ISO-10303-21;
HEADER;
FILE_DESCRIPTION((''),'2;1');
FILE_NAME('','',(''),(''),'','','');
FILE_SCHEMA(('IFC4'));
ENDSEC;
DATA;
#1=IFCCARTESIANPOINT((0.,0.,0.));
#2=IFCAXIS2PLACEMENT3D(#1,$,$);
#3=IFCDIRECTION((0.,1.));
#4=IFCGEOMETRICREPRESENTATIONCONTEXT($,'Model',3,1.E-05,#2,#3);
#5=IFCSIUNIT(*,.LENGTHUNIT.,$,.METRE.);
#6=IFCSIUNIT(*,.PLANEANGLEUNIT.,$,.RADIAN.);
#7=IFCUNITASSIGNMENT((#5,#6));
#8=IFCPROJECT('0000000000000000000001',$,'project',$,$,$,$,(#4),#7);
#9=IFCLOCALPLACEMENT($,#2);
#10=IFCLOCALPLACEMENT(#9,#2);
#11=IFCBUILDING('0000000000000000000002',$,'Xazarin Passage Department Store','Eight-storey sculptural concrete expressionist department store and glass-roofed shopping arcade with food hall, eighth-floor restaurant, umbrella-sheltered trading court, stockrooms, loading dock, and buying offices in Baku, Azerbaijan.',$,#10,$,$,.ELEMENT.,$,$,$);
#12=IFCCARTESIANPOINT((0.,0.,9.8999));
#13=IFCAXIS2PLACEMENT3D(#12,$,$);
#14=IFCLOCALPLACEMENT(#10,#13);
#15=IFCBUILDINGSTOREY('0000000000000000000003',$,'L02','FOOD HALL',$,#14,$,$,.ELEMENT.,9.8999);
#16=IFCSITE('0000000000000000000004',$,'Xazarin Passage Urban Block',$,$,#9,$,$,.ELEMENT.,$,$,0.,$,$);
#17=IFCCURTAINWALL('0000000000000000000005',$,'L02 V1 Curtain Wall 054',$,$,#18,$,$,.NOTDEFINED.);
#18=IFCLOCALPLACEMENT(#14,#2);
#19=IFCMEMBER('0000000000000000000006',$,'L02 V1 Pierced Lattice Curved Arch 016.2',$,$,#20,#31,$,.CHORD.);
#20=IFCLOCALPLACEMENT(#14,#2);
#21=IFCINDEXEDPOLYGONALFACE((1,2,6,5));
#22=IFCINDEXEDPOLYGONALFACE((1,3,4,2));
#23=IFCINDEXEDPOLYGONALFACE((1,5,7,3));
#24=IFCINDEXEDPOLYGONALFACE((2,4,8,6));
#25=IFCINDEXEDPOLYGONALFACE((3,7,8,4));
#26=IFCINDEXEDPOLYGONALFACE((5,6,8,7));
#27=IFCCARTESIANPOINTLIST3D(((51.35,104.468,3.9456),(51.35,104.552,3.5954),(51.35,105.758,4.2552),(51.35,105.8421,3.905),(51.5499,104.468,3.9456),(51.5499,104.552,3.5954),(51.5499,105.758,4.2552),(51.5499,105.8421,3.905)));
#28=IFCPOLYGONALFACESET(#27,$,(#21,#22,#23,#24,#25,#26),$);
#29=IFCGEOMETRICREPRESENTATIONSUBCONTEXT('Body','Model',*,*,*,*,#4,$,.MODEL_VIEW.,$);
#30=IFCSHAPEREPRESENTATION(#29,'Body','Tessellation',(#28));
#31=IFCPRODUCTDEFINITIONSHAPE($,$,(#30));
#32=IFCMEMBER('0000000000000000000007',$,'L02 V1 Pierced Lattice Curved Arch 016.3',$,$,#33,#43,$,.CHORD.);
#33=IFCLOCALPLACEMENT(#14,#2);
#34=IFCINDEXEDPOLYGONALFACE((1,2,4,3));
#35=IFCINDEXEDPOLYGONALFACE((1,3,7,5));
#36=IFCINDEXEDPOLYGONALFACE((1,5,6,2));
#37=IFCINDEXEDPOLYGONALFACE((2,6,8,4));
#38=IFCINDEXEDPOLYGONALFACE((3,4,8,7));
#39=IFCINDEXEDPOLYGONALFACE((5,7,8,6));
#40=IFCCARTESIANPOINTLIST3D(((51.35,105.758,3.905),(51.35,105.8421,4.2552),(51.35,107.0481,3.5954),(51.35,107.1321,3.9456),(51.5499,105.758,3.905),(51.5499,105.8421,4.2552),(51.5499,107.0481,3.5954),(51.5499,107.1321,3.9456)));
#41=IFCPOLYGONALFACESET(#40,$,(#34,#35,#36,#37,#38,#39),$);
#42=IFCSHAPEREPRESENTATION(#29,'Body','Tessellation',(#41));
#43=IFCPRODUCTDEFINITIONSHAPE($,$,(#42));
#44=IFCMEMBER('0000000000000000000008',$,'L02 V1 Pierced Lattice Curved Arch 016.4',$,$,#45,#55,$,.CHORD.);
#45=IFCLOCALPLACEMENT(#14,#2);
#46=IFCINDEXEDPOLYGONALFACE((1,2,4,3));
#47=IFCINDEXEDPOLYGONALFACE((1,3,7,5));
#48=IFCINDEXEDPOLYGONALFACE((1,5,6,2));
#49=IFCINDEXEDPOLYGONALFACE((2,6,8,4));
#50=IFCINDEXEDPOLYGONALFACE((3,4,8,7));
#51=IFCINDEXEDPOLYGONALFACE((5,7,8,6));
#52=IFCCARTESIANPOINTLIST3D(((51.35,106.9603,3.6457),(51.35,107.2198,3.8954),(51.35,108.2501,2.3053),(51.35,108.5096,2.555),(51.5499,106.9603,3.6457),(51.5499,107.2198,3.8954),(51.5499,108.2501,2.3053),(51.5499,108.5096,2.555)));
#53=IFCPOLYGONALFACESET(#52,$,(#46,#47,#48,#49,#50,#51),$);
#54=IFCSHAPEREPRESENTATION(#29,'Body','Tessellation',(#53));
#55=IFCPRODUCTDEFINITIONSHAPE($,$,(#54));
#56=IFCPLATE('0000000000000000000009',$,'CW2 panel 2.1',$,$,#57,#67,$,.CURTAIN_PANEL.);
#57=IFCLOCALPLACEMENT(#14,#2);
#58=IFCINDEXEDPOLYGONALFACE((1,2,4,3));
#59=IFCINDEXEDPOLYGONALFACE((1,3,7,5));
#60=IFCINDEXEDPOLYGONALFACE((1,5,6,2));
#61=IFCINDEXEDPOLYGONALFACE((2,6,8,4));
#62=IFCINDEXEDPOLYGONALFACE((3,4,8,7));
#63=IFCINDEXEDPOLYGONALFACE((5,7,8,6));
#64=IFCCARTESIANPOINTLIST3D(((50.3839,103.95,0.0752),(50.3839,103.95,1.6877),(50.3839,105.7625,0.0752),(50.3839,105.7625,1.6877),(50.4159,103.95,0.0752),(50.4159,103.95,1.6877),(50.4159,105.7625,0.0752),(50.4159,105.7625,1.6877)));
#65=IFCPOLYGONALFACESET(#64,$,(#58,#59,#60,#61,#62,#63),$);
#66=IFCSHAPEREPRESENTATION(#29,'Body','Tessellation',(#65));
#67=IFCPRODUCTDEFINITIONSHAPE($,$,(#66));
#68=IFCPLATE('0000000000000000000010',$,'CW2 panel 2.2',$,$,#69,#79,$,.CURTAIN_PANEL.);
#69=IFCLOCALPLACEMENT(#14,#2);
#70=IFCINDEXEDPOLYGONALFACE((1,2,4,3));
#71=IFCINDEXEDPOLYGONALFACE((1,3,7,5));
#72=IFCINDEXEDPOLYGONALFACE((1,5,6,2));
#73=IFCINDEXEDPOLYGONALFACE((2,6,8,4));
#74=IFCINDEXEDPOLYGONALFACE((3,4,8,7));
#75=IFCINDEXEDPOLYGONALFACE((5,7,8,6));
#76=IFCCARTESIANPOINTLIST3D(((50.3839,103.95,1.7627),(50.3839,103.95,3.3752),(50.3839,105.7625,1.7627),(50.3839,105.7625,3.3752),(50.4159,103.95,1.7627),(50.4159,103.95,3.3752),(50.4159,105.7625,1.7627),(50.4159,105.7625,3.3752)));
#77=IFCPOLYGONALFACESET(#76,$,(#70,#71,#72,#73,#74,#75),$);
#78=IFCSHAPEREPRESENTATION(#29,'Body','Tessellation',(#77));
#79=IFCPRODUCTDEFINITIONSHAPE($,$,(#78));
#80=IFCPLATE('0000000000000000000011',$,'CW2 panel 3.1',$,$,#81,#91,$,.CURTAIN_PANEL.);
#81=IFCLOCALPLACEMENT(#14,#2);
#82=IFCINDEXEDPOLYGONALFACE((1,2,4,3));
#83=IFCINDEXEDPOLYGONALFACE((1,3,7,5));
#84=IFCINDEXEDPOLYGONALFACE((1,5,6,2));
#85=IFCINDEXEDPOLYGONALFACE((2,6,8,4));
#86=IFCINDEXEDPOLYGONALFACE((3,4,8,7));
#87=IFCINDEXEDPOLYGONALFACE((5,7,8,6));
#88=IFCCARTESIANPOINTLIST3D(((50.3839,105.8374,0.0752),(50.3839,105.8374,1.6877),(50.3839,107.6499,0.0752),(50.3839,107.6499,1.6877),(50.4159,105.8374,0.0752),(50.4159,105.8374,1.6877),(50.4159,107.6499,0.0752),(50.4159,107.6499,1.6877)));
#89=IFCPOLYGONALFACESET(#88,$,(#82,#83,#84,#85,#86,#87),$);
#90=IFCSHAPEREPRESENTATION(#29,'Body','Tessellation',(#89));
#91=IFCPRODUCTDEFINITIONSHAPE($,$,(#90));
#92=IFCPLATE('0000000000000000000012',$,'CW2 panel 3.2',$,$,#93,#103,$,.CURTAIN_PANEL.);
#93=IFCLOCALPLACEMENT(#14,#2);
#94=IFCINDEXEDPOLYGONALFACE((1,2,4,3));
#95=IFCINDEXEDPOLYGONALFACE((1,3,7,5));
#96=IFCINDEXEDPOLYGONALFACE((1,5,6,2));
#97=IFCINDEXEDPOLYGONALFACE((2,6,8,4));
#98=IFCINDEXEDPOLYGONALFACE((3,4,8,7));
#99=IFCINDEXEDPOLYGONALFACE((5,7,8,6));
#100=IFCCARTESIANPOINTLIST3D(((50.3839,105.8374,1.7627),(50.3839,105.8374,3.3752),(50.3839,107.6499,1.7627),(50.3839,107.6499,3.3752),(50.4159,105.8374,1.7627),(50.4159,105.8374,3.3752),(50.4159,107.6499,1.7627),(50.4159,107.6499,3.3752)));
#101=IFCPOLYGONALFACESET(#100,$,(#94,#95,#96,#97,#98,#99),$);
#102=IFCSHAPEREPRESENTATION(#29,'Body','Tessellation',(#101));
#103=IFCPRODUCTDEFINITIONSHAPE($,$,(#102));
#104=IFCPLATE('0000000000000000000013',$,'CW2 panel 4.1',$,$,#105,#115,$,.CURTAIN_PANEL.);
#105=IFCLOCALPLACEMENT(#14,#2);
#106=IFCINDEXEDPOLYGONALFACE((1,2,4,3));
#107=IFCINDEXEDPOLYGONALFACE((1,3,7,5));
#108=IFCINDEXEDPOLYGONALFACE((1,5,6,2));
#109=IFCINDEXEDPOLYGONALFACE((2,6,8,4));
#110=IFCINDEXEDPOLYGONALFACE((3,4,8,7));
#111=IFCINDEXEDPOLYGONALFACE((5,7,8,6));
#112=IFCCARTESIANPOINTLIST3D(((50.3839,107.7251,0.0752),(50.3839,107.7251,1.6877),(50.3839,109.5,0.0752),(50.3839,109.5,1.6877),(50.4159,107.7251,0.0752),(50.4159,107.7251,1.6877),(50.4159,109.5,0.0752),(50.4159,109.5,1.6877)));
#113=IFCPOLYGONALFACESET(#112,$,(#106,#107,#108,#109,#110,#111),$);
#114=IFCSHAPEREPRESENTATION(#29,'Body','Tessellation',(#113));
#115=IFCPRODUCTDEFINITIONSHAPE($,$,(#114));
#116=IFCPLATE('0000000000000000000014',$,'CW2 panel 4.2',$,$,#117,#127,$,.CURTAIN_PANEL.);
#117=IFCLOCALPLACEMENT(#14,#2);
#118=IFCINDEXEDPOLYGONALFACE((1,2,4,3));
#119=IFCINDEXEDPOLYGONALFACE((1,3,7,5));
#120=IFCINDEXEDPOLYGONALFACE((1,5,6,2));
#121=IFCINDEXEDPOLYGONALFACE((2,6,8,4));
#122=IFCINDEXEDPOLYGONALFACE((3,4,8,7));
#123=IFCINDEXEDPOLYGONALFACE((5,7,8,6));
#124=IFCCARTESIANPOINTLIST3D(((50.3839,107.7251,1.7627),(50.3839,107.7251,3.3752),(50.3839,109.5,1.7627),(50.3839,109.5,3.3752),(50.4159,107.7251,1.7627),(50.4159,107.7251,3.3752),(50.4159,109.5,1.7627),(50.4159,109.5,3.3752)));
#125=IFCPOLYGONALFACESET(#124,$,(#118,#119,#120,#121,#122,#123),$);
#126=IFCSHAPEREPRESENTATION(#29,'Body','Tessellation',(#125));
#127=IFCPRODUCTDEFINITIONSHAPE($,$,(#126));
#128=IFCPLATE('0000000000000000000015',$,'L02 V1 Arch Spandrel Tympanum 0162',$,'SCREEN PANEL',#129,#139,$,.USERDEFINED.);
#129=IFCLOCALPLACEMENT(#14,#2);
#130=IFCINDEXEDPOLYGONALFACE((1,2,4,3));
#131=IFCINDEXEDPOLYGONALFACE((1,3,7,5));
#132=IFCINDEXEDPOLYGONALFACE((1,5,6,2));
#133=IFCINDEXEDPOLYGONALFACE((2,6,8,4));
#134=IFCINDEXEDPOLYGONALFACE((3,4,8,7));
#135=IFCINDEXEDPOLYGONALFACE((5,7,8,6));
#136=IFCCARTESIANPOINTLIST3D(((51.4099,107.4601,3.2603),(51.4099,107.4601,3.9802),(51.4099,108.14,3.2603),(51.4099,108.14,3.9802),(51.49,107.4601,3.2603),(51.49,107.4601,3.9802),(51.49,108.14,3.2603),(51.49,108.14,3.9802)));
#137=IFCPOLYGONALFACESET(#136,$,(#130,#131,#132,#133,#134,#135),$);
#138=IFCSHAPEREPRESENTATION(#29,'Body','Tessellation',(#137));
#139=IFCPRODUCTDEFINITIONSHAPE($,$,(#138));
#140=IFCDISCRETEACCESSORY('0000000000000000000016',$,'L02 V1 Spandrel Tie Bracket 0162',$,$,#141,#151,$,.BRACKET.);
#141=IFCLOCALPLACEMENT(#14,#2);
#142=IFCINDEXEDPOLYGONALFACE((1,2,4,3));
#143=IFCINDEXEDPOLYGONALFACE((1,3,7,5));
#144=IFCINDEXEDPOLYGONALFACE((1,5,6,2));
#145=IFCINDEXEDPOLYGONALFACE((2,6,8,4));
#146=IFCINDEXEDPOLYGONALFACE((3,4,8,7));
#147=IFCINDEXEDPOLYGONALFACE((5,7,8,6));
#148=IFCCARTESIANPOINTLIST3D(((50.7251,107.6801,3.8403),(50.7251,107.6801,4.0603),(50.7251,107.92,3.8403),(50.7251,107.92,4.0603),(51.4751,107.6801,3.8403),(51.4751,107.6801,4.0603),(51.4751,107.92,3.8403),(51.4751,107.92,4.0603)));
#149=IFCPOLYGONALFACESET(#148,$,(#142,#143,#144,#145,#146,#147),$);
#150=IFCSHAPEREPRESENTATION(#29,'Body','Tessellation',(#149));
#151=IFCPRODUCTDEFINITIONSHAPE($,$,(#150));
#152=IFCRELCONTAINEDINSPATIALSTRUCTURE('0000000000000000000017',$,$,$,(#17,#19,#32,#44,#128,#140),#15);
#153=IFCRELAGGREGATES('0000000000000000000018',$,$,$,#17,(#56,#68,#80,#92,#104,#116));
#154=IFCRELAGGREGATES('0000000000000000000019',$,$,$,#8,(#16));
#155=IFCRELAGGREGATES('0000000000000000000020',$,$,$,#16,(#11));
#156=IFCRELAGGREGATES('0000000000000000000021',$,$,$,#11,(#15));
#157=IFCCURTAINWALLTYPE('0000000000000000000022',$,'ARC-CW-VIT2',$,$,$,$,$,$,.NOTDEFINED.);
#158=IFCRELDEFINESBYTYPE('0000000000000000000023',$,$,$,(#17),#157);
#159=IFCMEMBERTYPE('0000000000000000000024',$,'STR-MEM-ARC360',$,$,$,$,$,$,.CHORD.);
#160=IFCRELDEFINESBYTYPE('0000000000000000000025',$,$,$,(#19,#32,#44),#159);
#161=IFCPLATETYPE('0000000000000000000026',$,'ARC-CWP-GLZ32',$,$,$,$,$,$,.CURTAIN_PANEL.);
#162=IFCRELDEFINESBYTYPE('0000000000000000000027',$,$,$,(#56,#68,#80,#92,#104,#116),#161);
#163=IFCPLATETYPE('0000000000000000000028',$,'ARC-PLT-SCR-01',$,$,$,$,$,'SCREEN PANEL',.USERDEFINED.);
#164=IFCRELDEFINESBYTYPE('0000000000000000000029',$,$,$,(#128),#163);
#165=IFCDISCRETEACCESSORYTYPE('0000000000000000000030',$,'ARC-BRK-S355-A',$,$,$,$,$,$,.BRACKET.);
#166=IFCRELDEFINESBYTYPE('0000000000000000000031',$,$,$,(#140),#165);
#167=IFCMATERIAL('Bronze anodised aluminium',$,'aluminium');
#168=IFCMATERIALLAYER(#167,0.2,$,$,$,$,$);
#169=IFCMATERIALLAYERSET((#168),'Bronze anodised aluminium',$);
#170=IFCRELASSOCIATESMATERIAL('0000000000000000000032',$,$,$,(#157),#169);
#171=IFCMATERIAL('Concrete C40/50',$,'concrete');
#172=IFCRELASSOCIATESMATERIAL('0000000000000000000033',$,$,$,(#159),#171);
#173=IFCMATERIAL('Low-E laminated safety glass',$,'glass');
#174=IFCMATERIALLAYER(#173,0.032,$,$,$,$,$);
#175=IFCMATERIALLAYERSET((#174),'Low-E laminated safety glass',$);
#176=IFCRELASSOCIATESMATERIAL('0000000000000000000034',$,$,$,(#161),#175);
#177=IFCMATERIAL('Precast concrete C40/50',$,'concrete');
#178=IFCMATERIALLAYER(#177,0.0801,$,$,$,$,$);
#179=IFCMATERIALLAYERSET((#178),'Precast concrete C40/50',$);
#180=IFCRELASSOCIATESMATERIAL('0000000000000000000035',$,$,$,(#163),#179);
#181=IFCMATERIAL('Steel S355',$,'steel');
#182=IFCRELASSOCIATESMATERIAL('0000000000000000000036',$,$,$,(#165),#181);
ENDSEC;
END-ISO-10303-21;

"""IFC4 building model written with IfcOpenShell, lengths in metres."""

from ifc_helpers import new_model, si_unit, direction, frame, origin, origin_2d, place, context, subcontext, project, spatial, rectangle, extrude, material, layer, layer_set, material_profile, profile_set, type_object, element, aggregate, save


model = new_model("IFC4")

# Units and contexts
model_context = context("Model", 3, precision=1e-05, world=origin(), true_north=direction((0.0, 1.0)))
body_context = subcontext(model_context, "Body", "Model", "MODEL_VIEW")
ifc_project = project(units=[si_unit("LENGTHUNIT", "METRE"), si_unit("PLANEANGLEUNIT", "RADIAN")], contexts=[model_context])

# Site, building, storey
site_placement = place(None, origin())
site = spatial("IfcSite", under=ifc_project, at=site_placement, Name="Xazarin Passage Urban Block", CompositionType="ELEMENT", RefElevation=0.0)
building_placement = place(site_placement, origin())
building = spatial("IfcBuilding", under=site, at=building_placement, Name="Xazarin Passage Department Store", Description="Eight-storey sculptural concrete expressionist department store and glass-roofed shopping arcade with food hall, eighth-floor restaurant, umbrella-sheltered trading court, stockrooms, loading dock, and buying offices in Baku, Azerbaijan.", CompositionType="ELEMENT")
storey_placement = place(building_placement, frame((0.0, 0.0, 9.8999)))
storey = spatial("IfcBuildingStorey", under=building, at=storey_placement, Name="L02", Description="FOOD HALL", CompositionType="ELEMENT", Elevation=9.8999)

# Shared definitions
ifc_material_1 = material(Name="Concrete C40/50", Category="concrete")

# Curtain wall
ifc_material_2 = material(Name="Bronze anodised aluminium", Category="aluminium")
ifc_layer_1 = layer(ifc_material_2, 0.2)
ifc_layer_set_1 = layer_set([ifc_layer_1], Name="Bronze anodised aluminium")
curtain_wall_type = type_object("IfcCurtainWallType", Name="ARC-CW-VIT2", PredefinedType="NOTDEFINED", material=ifc_layer_set_1)
curtain_wall_placement = place(storey_placement, origin())
curtain_wall = element("IfcCurtainWall", 1, at=curtain_wall_placement, inside=storey, type_object=curtain_wall_type, Name="L02 V1 Curtain Wall 054", PredefinedType="NOTDEFINED")

# Members
ifc_material_profile_1 = material_profile(ifc_material_1, rectangle(XDim=0.2, YDim=0.3601, at=origin_2d()), Name="RC 200x360")
ifc_profile_set_1 = profile_set([ifc_material_profile_1], Name="Concrete C40/50")
member_type_1 = type_object("IfcMemberType", Name="STR-MEM-ARC360", PredefinedType="CHORD", material=ifc_profile_set_1)
for number, where, z_axis, x_axis, name in (
    (2, (51.45, 104.51, 3.7705), (0.0, 0.972394, 0.233345), (-1.0, 0.0, 0.0), "L02 V1 Pierced Lattice Curved Arch 016.2"),
    (3, (51.45, 105.8, 4.0801), (0.0, 0.972394, -0.233345), (-1.0, 0.0, 0.0), "L02 V1 Pierced Lattice Curved Arch 016.3"),
):
    element("IfcMember", number, at=place(storey_placement, frame(where, z_axis=z_axis, x_axis=x_axis)), inside=storey, type_object=member_type_1, Name=name, PredefinedType="CHORD", context=body_context, shape_type="SweptSolid", body=[
        extrude(rectangle(XDim=0.2, YDim=0.3601, at=origin_2d()), origin(), (0.0, 0.0, 1.0), 1.3267),
    ])
member_1_placement = place(storey_placement, frame((51.45, 107.0901, 3.7705), z_axis=(0.0, 0.693392, -0.720561), x_axis=(-1.0, 0.0, 0.0)))
element("IfcMember", 4, at=member_1_placement, inside=storey, type_object=member_type_1, Name="L02 V1 Pierced Lattice Curved Arch 016.4", PredefinedType="CHORD", context=body_context, shape_type="SweptSolid", body=[
    extrude(rectangle(XDim=0.2, YDim=0.3601, at=origin_2d()), origin(), (0.0, 0.0, 1.0), 1.8601),
])

# Plates
ifc_material_3 = material(Name="Low-E laminated safety glass", Category="glass")
ifc_layer_2 = layer(ifc_material_3, 0.032)
ifc_layer_set_2 = layer_set([ifc_layer_2], Name="Low-E laminated safety glass")
plate_type_1 = type_object("IfcPlateType", Name="ARC-CWP-GLZ32", PredefinedType="CURTAIN_PANEL", material=ifc_layer_set_2)
plate_1_placement = place(storey_placement, frame((50.3999, 104.8562, 0.0752), z_axis=(0.0, 0.0, 1.0), x_axis=(0.0, 1.0, 0.0)))
plate_1 = element("IfcPlate", 5, at=plate_1_placement, type_object=plate_type_1, Name="CW2 panel 2.1", PredefinedType="CURTAIN_PANEL", context=body_context, shape_type="SweptSolid", body=[
    extrude(rectangle(XDim=1.8125, YDim=0.032, at=origin_2d()), origin(), (0.0, 0.0, 1.0), 1.6125),
])
plate_2_placement = place(storey_placement, frame((50.3999, 104.8562, 1.7627), z_axis=(0.0, 0.0, 1.0), x_axis=(0.0, 1.0, 0.0)))
plate_2 = element("IfcPlate", 6, at=plate_2_placement, type_object=plate_type_1, Name="CW2 panel 2.2", PredefinedType="CURTAIN_PANEL", context=body_context, shape_type="SweptSolid", body=[
    extrude(rectangle(XDim=1.8125, YDim=0.032, at=origin_2d()), origin(), (0.0, 0.0, 1.0), 1.6125),
])
plate_3_placement = place(storey_placement, frame((50.3999, 106.7437, 0.0752), z_axis=(0.0, 0.0, 1.0), x_axis=(0.0, 1.0, 0.0)))
plate_3 = element("IfcPlate", 7, at=plate_3_placement, type_object=plate_type_1, Name="CW2 panel 3.1", PredefinedType="CURTAIN_PANEL", context=body_context, shape_type="SweptSolid", body=[
    extrude(rectangle(XDim=1.8125, YDim=0.032, at=origin_2d()), origin(), (0.0, 0.0, 1.0), 1.6125),
])
plate_4_placement = place(storey_placement, frame((50.3999, 106.7437, 1.7627), z_axis=(0.0, 0.0, 1.0), x_axis=(0.0, 1.0, 0.0)))
plate_4 = element("IfcPlate", 8, at=plate_4_placement, type_object=plate_type_1, Name="CW2 panel 3.2", PredefinedType="CURTAIN_PANEL", context=body_context, shape_type="SweptSolid", body=[
    extrude(rectangle(XDim=1.8125, YDim=0.032, at=origin_2d()), origin(), (0.0, 0.0, 1.0), 1.6125),
])
plate_5_placement = place(storey_placement, frame((50.3999, 108.6125, 0.0752), z_axis=(0.0, 0.0, 1.0), x_axis=(0.0, 1.0, 0.0)))
plate_5 = element("IfcPlate", 9, at=plate_5_placement, type_object=plate_type_1, Name="CW2 panel 4.1", PredefinedType="CURTAIN_PANEL", context=body_context, shape_type="SweptSolid", body=[
    extrude(rectangle(XDim=1.7749, YDim=0.032, at=origin_2d()), origin(), (0.0, 0.0, 1.0), 1.6125),
])
plate_6_placement = place(storey_placement, frame((50.3999, 108.6125, 1.7627), z_axis=(0.0, 0.0, 1.0), x_axis=(0.0, 1.0, 0.0)))
plate_6 = element("IfcPlate", 10, at=plate_6_placement, type_object=plate_type_1, Name="CW2 panel 4.2", PredefinedType="CURTAIN_PANEL", context=body_context, shape_type="SweptSolid", body=[
    extrude(rectangle(XDim=1.7749, YDim=0.032, at=origin_2d()), origin(), (0.0, 0.0, 1.0), 1.6125),
])
aggregate(curtain_wall, [plate_1, plate_2, plate_3, plate_4, plate_5, plate_6])
ifc_material_4 = material(Name="Precast concrete C40/50", Category="concrete")
ifc_layer_3 = layer(ifc_material_4, 0.0801)
ifc_layer_set_3 = layer_set([ifc_layer_3], Name="Precast concrete C40/50")
plate_type_2 = type_object("IfcPlateType", Name="ARC-PLT-SCR-01", ElementType="SCREEN PANEL", PredefinedType="USERDEFINED", material=ifc_layer_set_3)
plate_7_placement = place(storey_placement, frame((51.45, 107.8, 3.2603), z_axis=(0.0, 0.0, 1.0), x_axis=(0.0, 1.0, 0.0)))
element("IfcPlate", 11, at=plate_7_placement, inside=storey, type_object=plate_type_2, Name="L02 V1 Arch Spandrel Tympanum 0162", ObjectType="SCREEN PANEL", PredefinedType="USERDEFINED", context=body_context, shape_type="SweptSolid", body=[
    extrude(rectangle(XDim=0.6799, YDim=0.0801, at=origin_2d()), origin(), (0.0, 0.0, 1.0), 0.72),
])

# Discrete accessory
ifc_material_5 = material(Name="Steel S355", Category="steel")
discrete_accessory_type = type_object("IfcDiscreteAccessoryType", Name="ARC-BRK-S355-A", PredefinedType="BRACKET", material=ifc_material_5)
discrete_accessory_placement = place(storey_placement, frame((51.1001, 107.8, 3.8403), z_axis=(0.0, 0.0, 1.0), x_axis=(0.0, 1.0, 0.0)))
element("IfcDiscreteAccessory", 12, at=discrete_accessory_placement, inside=storey, type_object=discrete_accessory_type, Name="L02 V1 Spandrel Tie Bracket 0162", PredefinedType="BRACKET", context=body_context, shape_type="SweptSolid", body=[
    extrude(rectangle(XDim=0.24, YDim=0.75, at=origin_2d()), origin(), (0.0, 0.0, 1.0), 0.22),
])

save(model, "model.ifc")
